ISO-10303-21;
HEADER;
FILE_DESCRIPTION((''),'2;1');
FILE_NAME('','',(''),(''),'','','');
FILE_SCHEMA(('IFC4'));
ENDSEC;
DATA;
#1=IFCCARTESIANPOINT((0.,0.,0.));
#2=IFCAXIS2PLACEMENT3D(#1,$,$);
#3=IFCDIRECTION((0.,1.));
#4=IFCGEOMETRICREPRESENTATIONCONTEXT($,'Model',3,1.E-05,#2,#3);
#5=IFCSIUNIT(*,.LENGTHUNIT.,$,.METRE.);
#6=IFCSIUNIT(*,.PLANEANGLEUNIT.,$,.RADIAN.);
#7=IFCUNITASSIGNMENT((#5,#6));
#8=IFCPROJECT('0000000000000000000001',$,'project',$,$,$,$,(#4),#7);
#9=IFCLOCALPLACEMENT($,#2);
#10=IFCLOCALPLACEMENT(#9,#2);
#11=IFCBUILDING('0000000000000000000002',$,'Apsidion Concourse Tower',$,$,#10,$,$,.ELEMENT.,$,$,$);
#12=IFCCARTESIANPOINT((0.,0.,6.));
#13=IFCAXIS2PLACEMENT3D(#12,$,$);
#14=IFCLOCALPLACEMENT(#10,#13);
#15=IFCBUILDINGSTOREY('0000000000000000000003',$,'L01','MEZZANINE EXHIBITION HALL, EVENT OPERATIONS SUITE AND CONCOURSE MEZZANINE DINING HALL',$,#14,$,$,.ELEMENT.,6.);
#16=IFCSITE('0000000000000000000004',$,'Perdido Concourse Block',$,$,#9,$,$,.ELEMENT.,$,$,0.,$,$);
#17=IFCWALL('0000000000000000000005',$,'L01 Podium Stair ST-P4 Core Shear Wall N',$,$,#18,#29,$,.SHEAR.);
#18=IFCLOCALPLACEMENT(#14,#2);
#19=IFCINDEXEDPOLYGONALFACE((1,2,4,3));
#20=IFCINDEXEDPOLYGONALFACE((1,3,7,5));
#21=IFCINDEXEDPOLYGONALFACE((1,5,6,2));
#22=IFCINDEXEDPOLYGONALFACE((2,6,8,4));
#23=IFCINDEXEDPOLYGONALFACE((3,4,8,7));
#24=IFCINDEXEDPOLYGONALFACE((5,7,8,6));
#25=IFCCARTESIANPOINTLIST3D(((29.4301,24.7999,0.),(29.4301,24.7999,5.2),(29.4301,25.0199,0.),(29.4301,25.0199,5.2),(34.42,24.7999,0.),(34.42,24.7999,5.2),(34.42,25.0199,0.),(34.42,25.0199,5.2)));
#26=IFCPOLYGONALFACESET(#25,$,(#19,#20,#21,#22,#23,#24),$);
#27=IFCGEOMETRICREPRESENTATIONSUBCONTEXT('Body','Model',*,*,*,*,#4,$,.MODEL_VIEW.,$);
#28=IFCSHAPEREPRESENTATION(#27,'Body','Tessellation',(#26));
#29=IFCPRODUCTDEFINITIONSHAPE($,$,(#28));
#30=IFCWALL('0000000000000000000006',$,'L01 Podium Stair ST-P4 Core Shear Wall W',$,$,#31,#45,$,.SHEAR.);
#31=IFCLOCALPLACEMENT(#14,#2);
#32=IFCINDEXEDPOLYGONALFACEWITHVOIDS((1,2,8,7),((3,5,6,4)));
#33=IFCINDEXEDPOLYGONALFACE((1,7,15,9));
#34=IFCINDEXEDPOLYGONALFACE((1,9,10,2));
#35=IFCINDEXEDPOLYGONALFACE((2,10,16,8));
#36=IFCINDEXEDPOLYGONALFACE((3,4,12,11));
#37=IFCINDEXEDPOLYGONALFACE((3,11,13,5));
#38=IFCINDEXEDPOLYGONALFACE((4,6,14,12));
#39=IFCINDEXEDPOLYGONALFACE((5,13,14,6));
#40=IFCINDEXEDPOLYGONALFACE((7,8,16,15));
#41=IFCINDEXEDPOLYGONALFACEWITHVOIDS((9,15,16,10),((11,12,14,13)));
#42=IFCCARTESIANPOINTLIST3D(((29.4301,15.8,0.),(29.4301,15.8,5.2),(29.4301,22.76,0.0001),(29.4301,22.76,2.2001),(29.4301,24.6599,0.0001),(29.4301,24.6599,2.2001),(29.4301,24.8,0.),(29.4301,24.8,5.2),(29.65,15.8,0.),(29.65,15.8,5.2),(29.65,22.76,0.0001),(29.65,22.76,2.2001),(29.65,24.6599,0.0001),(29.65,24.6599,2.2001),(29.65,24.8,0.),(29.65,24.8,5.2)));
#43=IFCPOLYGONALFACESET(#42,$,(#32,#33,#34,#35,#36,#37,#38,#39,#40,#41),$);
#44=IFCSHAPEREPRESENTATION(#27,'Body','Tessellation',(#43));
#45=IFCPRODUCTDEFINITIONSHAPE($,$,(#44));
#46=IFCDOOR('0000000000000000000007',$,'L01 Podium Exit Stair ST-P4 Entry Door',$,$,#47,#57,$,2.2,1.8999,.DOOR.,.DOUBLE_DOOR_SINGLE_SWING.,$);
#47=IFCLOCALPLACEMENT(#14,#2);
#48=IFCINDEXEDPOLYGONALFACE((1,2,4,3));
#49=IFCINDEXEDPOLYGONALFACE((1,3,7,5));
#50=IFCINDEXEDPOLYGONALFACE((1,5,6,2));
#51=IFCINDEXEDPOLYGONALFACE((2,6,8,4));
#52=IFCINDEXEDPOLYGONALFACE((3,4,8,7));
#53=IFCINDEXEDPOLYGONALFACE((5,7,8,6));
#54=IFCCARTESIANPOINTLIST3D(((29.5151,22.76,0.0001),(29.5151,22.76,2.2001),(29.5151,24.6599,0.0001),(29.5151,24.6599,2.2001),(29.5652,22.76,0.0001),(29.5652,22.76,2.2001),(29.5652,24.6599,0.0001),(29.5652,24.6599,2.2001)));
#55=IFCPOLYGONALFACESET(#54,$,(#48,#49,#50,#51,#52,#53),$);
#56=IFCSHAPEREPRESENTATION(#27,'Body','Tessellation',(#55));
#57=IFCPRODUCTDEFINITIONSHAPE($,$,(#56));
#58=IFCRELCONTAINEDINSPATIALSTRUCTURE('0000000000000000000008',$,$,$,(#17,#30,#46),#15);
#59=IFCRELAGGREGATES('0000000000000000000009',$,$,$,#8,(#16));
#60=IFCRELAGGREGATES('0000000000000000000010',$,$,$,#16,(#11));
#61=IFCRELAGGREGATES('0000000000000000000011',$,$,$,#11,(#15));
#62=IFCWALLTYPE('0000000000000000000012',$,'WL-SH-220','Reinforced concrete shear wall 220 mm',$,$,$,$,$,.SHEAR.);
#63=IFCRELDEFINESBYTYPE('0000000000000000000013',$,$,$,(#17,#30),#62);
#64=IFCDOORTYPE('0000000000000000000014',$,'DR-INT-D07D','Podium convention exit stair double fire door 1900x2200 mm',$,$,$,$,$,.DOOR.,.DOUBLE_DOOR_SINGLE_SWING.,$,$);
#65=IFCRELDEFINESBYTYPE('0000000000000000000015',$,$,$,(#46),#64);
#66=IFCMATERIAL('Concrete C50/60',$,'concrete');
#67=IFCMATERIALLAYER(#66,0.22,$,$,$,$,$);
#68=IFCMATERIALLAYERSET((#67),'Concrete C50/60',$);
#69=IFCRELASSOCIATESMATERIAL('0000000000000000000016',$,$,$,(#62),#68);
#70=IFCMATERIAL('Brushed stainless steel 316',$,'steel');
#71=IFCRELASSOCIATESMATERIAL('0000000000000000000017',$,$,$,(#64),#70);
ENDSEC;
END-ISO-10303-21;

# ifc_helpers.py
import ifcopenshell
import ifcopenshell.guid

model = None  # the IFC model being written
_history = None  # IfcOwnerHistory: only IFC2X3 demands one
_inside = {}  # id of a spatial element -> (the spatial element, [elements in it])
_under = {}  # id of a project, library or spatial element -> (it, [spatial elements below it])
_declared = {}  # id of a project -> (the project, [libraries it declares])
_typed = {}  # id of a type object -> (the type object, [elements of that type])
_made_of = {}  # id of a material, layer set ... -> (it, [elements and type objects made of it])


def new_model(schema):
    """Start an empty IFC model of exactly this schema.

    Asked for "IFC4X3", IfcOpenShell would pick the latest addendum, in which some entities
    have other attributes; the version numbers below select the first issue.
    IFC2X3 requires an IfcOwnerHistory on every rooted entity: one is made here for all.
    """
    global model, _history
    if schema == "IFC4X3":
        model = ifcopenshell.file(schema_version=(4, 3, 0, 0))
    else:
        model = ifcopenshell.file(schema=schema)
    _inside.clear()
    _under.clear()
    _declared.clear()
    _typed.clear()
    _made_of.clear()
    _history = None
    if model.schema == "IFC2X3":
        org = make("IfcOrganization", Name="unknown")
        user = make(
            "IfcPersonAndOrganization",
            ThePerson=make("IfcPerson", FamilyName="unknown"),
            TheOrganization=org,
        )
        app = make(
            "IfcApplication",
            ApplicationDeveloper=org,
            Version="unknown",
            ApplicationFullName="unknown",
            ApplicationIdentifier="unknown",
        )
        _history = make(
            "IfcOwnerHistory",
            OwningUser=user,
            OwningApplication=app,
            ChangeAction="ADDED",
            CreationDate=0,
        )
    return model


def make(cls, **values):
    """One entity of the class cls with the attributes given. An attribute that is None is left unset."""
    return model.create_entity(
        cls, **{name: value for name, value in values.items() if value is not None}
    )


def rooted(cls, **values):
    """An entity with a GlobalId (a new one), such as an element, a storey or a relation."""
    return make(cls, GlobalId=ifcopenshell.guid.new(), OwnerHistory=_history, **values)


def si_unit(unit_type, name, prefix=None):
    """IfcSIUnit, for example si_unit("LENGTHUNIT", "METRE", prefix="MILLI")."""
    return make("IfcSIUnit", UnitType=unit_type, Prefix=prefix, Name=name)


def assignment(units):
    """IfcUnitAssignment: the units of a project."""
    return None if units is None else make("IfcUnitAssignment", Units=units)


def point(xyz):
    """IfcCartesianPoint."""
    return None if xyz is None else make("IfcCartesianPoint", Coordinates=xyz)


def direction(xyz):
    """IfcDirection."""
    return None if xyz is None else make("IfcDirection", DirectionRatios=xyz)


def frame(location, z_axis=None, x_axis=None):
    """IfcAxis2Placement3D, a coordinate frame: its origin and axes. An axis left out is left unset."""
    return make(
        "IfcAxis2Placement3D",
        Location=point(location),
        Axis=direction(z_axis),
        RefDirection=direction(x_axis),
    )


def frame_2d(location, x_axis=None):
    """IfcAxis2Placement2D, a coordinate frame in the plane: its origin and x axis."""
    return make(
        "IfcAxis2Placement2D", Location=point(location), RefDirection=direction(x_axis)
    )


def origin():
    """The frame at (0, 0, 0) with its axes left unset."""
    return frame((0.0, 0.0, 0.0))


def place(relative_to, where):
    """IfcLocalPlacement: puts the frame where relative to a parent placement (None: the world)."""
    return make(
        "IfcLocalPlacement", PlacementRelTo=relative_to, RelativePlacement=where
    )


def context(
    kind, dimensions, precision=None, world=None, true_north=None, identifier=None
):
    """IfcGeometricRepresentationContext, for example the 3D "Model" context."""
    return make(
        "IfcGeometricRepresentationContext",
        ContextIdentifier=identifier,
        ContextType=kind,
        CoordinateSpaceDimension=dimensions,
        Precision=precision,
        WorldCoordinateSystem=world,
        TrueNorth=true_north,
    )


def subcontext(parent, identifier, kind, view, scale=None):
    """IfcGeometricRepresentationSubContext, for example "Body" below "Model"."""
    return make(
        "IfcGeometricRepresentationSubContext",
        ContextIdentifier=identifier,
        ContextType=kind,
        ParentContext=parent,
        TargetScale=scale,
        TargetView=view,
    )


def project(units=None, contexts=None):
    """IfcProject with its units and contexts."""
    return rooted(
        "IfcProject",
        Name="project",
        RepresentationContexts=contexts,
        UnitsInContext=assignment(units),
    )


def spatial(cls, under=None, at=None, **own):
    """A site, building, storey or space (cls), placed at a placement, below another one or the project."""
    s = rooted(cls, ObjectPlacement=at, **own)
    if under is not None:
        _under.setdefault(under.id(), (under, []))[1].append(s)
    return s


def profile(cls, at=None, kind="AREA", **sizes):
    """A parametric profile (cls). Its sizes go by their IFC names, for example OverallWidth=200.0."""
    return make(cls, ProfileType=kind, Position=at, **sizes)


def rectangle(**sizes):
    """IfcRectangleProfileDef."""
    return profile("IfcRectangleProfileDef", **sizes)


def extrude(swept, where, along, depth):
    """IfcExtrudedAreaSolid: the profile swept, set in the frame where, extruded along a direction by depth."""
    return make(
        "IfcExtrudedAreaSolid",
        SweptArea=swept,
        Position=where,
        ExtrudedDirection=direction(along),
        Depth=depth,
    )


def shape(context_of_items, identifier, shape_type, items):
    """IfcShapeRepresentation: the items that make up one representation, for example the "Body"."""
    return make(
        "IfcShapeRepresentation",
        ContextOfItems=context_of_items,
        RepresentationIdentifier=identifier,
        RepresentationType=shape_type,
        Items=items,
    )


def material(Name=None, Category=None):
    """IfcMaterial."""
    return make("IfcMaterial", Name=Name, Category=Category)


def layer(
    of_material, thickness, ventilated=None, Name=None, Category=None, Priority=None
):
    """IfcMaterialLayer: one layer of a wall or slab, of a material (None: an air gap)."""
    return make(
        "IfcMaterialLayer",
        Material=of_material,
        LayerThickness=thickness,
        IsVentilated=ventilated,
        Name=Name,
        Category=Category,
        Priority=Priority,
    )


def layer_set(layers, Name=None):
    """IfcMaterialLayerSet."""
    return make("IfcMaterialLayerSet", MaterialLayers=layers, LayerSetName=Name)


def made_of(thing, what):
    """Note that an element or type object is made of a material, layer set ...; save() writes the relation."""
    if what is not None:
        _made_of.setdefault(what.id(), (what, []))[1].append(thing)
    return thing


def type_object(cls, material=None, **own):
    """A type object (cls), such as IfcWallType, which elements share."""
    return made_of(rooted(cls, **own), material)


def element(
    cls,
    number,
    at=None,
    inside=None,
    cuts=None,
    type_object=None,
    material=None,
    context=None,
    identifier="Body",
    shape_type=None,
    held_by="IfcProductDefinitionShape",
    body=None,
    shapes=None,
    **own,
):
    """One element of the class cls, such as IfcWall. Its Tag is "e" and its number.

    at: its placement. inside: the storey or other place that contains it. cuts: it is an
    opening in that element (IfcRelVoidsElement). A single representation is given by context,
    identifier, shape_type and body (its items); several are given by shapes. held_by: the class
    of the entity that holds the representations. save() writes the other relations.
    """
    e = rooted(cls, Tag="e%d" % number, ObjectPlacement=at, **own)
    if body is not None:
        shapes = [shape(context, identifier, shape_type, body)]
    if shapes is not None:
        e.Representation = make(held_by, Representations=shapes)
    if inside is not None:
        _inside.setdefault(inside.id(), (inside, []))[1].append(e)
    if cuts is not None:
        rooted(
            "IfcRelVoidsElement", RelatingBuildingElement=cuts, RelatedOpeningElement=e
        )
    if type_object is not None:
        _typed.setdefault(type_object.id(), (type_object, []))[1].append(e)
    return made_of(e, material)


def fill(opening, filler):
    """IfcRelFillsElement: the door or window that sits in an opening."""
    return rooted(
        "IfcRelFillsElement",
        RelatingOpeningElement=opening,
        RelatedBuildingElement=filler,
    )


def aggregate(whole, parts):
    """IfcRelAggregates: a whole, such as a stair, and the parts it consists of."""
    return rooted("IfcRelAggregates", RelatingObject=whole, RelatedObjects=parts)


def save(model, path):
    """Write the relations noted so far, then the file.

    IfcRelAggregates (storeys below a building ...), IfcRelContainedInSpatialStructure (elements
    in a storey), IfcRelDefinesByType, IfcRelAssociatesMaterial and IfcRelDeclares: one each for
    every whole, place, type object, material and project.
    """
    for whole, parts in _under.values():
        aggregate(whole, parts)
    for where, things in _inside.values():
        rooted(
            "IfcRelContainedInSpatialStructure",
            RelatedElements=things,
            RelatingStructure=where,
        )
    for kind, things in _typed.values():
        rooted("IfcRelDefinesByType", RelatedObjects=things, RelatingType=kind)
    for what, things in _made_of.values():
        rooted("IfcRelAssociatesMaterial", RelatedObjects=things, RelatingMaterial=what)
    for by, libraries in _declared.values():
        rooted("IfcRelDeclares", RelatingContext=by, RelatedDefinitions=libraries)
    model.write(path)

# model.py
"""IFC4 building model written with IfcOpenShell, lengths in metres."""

from ifc_helpers import new_model, si_unit, direction, frame, frame_2d, origin, place, context, subcontext, project, spatial, rectangle, extrude, material, layer, layer_set, type_object, element, fill, save


model = new_model("IFC4")

# Units and contexts
model_context = context("Model", 3, precision=1e-05, world=origin(), true_north=direction((0.0, 1.0)))
body_context = subcontext(model_context, "Body", "Model", "MODEL_VIEW")
ifc_project = project(units=[si_unit("LENGTHUNIT", "METRE"), si_unit("PLANEANGLEUNIT", "RADIAN")], contexts=[model_context])

# Site, building, storey
site_placement = place(None, origin())
site = spatial("IfcSite", under=ifc_project, at=site_placement, Name="Perdido Concourse Block", CompositionType="ELEMENT", RefElevation=0.0)
building_placement = place(site_placement, origin())
building = spatial("IfcBuilding", under=site, at=building_placement, Name="Apsidion Concourse Tower", CompositionType="ELEMENT")
storey_placement = place(building_placement, frame((0.0, 0.0, 6.0)))
storey = spatial("IfcBuildingStorey", under=building, at=storey_placement, Name="L01", Description="MEZZANINE EXHIBITION HALL, EVENT OPERATIONS SUITE AND CONCOURSE MEZZANINE DINING HALL", CompositionType="ELEMENT", Elevation=6.0)

# Shared definitions
ifc_material_1 = material(Name="Brushed stainless steel 316", Category="steel")

# Wall
ifc_material_2 = material(Name="Concrete C50/60", Category="concrete")
ifc_layer_1 = layer(ifc_material_2, 0.22)
ifc_layer_set_1 = layer_set([ifc_layer_1], Name="Concrete C50/60")
wall_type_1 = type_object("IfcWallType", Name="WL-SH-220", Description="Reinforced concrete shear wall 220 mm", PredefinedType="SHEAR", material=ifc_layer_set_1)
wall_1_placement = place(storey_placement, frame((29.4299, 24.9099, 0.0), z_axis=(0.0, 0.0, 1.0), x_axis=(1.0, 0.0, 0.0)))
element("IfcWall", 1, at=wall_1_placement, inside=storey, type_object=wall_type_1, Name="L01 Podium Stair ST-P4 Core Shear Wall N", PredefinedType="SHEAR", context=body_context, shape_type="SweptSolid", body=[
    extrude(rectangle(XDim=4.99, YDim=0.22, at=frame_2d((2.4951, 0.0))), origin(), (0.0, 0.0, 1.0), 5.2),
])

# Wall, opening, door
wall_2_placement = place(storey_placement, frame((29.54, 15.8, 0.0), z_axis=(0.0, 0.0, 1.0), x_axis=(0.0, 1.0, 0.0)))
wall_2 = element("IfcWall", 2, at=wall_2_placement, inside=storey, type_object=wall_type_1, Name="L01 Podium Stair ST-P4 Core Shear Wall W", PredefinedType="SHEAR", context=body_context, shape_type="SweptSolid", body=[
    extrude(rectangle(XDim=9.0, YDim=0.22, at=frame_2d((4.5, 0.0))), origin(), (0.0, 0.0, 1.0), 5.2),
])
opening_1_placement = place(wall_2_placement, frame((6.96, 0.0, 0.0)))
opening_1 = element("IfcOpeningElement", 3, at=opening_1_placement, cuts=wall_2, PredefinedType="OPENING", context=body_context, shape_type="SweptSolid", body=[
    extrude(rectangle(XDim=1.8999, YDim=2.2, at=frame_2d((0.95, 1.1001))), frame((0.0, 0.1201, 0.0), z_axis=(0.0, -1.0, 0.0), x_axis=(1.0, 0.0, 0.0)), (0.0, 0.0, 1.0), 0.24),
])
door_type_1 = type_object("IfcDoorType", Name="DR-INT-D07D", Description="Podium convention exit stair double fire door 1900x2200 mm", OperationType="DOUBLE_DOOR_SINGLE_SWING", PredefinedType="DOOR", material=ifc_material_1)
door_1_placement = place(opening_1_placement, origin())
door_1 = element("IfcDoor", 4, at=door_1_placement, inside=storey, type_object=door_type_1, Name="L01 Podium Exit Stair ST-P4 Entry Door", OperationType="DOUBLE_DOOR_SINGLE_SWING", OverallHeight=2.2, OverallWidth=1.8999, PredefinedType="DOOR", context=body_context, shape_type="SweptSolid", body=[
    extrude(rectangle(XDim=1.8999, YDim=2.2, at=frame_2d((0.95, 1.1001))), frame((0.0, 0.0249, 0.0), z_axis=(0.0, -1.0, 0.0), x_axis=(1.0, 0.0, 0.0)), (0.0, 0.0, 1.0), 0.05),
])
fill(opening_1, door_1)

save(model, "model.ifc")
